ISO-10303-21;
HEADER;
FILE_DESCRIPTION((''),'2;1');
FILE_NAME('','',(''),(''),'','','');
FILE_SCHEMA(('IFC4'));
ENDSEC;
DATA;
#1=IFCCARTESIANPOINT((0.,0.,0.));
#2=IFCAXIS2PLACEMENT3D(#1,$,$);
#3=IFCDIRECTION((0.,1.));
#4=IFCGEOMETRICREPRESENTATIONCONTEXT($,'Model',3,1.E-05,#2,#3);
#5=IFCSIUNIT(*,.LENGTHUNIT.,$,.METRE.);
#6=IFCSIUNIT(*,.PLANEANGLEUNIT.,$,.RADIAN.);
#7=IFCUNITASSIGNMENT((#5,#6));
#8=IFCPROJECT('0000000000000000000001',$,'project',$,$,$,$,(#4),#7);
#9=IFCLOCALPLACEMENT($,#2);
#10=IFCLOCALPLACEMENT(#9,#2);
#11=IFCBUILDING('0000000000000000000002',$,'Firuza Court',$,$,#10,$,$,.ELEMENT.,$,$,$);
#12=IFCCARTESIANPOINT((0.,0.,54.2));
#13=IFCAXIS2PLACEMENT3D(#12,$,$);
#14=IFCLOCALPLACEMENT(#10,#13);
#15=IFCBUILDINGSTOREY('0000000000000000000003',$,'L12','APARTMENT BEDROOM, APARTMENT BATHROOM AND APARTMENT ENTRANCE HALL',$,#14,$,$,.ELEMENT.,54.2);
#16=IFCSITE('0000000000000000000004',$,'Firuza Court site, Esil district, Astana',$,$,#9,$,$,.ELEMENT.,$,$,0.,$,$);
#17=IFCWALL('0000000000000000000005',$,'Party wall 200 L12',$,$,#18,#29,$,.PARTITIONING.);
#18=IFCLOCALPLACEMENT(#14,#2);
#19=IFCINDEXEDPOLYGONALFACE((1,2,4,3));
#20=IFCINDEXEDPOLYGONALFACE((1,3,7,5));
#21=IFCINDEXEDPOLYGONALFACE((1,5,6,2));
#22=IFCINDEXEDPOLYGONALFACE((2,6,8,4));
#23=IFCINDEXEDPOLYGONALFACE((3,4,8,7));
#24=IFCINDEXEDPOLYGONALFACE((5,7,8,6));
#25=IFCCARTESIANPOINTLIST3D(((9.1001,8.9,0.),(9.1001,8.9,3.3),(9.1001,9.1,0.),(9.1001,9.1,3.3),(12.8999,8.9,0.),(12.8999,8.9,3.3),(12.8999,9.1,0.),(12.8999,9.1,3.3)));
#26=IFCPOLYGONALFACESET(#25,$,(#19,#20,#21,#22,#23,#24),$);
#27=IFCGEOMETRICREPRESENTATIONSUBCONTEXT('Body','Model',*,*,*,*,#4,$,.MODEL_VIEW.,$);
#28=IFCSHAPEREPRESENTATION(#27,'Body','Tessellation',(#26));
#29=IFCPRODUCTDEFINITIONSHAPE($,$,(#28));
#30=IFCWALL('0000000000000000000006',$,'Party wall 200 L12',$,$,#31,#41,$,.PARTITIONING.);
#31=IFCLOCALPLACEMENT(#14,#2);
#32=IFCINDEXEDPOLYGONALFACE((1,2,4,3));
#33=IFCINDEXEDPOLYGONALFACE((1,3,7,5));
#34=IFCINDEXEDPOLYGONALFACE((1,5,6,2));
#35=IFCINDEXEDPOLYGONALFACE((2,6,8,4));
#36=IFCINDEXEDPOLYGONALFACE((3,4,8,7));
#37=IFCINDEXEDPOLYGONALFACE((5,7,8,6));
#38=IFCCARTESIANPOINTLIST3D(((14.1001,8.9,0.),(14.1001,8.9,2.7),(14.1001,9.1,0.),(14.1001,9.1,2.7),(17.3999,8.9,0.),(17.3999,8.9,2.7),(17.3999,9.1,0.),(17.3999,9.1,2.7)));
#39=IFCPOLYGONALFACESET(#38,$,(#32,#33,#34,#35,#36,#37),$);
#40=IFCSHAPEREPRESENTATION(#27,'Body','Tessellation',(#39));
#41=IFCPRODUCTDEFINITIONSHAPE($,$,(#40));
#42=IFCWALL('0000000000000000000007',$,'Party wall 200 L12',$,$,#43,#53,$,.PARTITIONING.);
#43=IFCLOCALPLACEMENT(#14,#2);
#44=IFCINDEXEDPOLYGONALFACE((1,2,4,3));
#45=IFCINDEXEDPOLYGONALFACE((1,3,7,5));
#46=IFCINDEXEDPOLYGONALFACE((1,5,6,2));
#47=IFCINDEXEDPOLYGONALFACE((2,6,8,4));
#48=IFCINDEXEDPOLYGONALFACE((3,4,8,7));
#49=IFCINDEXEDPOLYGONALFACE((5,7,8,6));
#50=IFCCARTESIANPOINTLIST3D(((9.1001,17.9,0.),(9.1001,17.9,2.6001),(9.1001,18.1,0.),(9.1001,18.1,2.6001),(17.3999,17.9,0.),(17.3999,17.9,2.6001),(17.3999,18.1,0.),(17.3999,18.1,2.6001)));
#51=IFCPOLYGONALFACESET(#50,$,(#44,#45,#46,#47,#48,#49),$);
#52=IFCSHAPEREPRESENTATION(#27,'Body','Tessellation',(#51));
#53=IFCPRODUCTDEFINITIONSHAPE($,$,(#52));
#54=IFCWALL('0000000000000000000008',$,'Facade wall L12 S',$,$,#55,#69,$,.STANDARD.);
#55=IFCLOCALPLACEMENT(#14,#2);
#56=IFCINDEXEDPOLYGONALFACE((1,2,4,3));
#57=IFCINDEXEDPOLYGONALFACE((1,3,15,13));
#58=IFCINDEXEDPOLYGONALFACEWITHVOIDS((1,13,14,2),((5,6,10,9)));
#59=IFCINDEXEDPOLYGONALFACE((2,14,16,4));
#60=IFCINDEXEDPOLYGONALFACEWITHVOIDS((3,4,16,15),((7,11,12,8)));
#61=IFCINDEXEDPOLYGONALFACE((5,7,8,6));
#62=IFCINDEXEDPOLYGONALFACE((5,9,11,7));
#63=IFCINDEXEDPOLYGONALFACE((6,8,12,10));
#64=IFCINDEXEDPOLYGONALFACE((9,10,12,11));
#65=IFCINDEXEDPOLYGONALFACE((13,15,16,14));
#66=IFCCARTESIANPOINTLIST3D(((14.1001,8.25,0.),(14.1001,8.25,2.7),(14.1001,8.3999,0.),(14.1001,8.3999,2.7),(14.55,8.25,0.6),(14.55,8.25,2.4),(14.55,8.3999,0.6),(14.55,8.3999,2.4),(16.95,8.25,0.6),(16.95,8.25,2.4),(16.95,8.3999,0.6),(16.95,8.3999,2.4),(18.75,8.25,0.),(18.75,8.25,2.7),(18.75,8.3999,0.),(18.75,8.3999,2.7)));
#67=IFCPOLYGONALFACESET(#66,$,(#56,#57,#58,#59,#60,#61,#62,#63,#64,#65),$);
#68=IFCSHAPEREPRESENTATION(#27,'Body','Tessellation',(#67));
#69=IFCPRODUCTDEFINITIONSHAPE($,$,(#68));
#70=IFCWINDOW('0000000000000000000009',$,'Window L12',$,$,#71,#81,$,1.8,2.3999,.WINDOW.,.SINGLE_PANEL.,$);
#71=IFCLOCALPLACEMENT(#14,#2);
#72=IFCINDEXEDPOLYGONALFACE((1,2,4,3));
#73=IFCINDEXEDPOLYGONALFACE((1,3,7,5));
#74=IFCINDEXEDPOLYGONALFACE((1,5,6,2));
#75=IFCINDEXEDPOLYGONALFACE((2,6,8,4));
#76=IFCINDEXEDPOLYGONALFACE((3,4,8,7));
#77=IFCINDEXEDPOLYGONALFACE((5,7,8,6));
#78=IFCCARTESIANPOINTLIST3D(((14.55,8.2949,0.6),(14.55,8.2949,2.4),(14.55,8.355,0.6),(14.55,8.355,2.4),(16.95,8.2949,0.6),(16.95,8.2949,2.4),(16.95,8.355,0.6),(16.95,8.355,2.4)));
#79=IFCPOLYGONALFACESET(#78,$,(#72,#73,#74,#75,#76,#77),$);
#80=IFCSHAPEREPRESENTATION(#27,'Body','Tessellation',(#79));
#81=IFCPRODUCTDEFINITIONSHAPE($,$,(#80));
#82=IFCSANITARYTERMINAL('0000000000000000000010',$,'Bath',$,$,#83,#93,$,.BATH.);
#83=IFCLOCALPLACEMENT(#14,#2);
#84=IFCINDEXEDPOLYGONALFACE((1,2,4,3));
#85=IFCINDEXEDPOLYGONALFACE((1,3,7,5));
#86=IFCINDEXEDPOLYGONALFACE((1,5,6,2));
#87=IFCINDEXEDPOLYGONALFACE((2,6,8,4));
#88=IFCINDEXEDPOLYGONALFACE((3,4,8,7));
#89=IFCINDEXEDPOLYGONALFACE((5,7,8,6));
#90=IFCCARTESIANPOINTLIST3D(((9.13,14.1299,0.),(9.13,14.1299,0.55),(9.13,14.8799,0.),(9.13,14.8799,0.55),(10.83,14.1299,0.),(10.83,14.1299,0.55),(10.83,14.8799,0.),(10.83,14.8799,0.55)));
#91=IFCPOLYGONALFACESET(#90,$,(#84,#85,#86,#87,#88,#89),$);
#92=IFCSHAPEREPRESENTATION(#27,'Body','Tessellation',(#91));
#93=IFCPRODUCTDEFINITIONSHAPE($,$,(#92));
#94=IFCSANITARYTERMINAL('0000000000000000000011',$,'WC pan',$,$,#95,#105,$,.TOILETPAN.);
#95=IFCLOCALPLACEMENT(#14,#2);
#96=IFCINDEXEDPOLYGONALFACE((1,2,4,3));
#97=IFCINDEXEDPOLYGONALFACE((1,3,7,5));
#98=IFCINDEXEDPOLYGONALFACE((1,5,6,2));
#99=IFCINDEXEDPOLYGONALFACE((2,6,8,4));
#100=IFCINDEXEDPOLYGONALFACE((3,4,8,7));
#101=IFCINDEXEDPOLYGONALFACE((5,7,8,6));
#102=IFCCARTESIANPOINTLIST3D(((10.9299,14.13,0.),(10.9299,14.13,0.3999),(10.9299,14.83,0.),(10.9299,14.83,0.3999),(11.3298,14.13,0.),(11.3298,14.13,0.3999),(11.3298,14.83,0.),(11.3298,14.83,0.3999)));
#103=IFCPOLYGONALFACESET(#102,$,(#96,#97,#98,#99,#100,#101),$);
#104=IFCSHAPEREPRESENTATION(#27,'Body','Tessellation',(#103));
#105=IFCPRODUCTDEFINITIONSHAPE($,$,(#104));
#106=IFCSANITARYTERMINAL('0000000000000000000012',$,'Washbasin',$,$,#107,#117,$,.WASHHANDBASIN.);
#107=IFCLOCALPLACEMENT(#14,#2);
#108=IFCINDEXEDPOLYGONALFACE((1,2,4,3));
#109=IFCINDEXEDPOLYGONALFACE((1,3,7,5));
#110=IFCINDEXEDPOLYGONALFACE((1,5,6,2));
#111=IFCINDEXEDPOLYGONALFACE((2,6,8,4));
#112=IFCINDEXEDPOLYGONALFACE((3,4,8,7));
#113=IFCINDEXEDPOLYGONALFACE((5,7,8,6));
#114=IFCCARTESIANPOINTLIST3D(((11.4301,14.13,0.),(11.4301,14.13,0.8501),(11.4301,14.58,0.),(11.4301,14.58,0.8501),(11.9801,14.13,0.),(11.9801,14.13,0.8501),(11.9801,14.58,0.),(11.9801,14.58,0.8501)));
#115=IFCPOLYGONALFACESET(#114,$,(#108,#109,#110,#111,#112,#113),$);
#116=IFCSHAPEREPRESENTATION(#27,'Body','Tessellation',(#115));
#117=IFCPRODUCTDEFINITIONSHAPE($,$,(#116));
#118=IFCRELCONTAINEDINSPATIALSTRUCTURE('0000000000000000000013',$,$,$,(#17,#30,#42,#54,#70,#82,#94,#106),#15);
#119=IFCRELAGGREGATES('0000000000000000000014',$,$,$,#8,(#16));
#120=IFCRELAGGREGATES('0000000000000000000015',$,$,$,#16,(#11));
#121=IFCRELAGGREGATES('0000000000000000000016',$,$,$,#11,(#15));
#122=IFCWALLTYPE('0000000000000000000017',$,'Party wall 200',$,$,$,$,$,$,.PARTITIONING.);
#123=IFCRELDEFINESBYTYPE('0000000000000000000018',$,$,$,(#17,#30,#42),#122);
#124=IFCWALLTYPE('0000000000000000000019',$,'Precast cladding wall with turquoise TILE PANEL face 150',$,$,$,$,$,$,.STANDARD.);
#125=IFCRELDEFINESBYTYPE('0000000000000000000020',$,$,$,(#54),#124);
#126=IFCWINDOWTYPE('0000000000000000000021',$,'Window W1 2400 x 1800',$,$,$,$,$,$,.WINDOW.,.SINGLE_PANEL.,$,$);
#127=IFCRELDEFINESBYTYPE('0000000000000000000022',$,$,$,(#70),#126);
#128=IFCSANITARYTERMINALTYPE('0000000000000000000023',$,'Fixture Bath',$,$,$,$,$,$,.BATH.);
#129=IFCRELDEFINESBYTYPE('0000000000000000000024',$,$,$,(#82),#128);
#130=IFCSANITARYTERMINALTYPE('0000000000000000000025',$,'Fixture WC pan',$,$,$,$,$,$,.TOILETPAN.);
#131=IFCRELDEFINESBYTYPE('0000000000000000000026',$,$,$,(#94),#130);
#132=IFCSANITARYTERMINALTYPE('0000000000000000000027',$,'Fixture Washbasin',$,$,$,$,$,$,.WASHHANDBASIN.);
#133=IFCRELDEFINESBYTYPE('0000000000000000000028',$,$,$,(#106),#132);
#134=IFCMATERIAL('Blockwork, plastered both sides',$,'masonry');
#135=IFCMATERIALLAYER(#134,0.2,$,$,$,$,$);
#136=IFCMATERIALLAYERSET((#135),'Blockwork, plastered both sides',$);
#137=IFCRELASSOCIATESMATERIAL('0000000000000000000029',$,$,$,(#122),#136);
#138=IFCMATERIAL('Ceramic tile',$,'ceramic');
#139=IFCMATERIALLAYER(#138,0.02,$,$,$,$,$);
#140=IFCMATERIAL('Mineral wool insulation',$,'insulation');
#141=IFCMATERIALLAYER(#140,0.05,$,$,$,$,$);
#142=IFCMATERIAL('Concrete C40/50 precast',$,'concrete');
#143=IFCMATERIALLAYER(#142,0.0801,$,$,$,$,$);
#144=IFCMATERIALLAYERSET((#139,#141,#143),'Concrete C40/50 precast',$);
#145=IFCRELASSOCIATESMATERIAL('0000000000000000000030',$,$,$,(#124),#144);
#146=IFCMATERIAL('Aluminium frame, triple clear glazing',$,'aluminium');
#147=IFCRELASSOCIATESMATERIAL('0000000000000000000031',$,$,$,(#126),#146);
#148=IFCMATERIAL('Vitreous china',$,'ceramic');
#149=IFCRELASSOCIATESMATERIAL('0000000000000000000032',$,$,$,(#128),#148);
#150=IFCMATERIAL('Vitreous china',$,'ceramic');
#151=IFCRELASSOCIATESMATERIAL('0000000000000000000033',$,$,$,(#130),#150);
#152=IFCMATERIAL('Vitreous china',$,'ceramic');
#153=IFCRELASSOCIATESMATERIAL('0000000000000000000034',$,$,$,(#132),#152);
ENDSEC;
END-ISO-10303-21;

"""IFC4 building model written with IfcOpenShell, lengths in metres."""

from ifc_helpers import new_model, si_unit, direction, frame, frame_2d, origin, origin_2d, place, context, subcontext, project, spatial, rectangle, extrude, material, layer, layer_set, type_object, element, fill, save


model = new_model("IFC4")

# Units and contexts
model_context = context("Model", 3, precision=1e-05, world=origin(), true_north=direction((0.0, 1.0)))
body_context = subcontext(model_context, "Body", "Model", "MODEL_VIEW")
ifc_project = project(units=[si_unit("LENGTHUNIT", "METRE"), si_unit("PLANEANGLEUNIT", "RADIAN")], contexts=[model_context])

# Site, building, storey
site_placement = place(None, origin())
site = spatial("IfcSite", under=ifc_project, at=site_placement, Name="Firuza Court site, Esil district, Astana", CompositionType="ELEMENT", RefElevation=0.0)
building_placement = place(site_placement, origin())
building = spatial("IfcBuilding", under=site, at=building_placement, Name="Firuza Court", CompositionType="ELEMENT")
storey_placement = place(building_placement, frame((0.0, 0.0, 54.2)))
storey = spatial("IfcBuildingStorey", under=building, at=storey_placement, Name="L12", Description="APARTMENT BEDROOM, APARTMENT BATHROOM AND APARTMENT ENTRANCE HALL", CompositionType="ELEMENT", Elevation=54.2)

# Walls
ifc_material_1 = material(Name="Blockwork, plastered both sides", Category="masonry")
ifc_layer_1 = layer(ifc_material_1, 0.2)
ifc_layer_set_1 = layer_set([ifc_layer_1], Name="Blockwork, plastered both sides")
wall_type_1 = type_object("IfcWallType", Name="Party wall 200", PredefinedType="PARTITIONING", material=ifc_layer_set_1)
wall_1_placement = place(storey_placement, frame((9.1001, 9.0, 0.0), z_axis=(0.0, 0.0, 1.0), x_axis=(1.0, 0.0, 0.0)))
element("IfcWall", 1, at=wall_1_placement, inside=storey, type_object=wall_type_1, Name="Party wall 200 L12", PredefinedType="PARTITIONING", context=body_context, shape_type="SweptSolid", body=[
    extrude(rectangle(XDim=3.7998, YDim=0.2, at=frame_2d((1.8999, 0.0))), origin(), (0.0, 0.0, 1.0), 3.3),
])
wall_2_placement = place(storey_placement, frame((14.1001, 9.0, 0.0), z_axis=(0.0, 0.0, 1.0), x_axis=(1.0, 0.0, 0.0)))
element("IfcWall", 2, at=wall_2_placement, inside=storey, type_object=wall_type_1, Name="Party wall 200 L12", PredefinedType="PARTITIONING", context=body_context, shape_type="SweptSolid", body=[
    extrude(rectangle(XDim=3.2998, YDim=0.2, at=frame_2d((1.6499, 0.0))), origin(), (0.0, 0.0, 1.0), 2.7),
])
wall_3_placement = place(storey_placement, frame((9.1001, 18.0, 0.0), z_axis=(0.0, 0.0, 1.0), x_axis=(1.0, 0.0, 0.0)))
element("IfcWall", 3, at=wall_3_placement, inside=storey, type_object=wall_type_1, Name="Party wall 200 L12", PredefinedType="PARTITIONING", context=body_context, shape_type="SweptSolid", body=[
    extrude(rectangle(XDim=8.2998, YDim=0.2, at=frame_2d((4.1499, 0.0))), origin(), (0.0, 0.0, 1.0), 2.6001),
])

# Wall, opening, window
ifc_material_2 = material(Name="Ceramic tile", Category="ceramic")
ifc_layer_2 = layer(ifc_material_2, 0.02)
ifc_material_3 = material(Name="Mineral wool insulation", Category="insulation")
ifc_layer_3 = layer(ifc_material_3, 0.05)
ifc_material_4 = material(Name="Concrete C40/50 precast", Category="concrete")
ifc_layer_4 = layer(ifc_material_4, 0.0801)
ifc_layer_set_2 = layer_set([ifc_layer_2, ifc_layer_3, ifc_layer_4], Name="Concrete C40/50 precast")
wall_type_2 = type_object("IfcWallType", Name="Precast cladding wall with turquoise TILE PANEL face 150", PredefinedType="STANDARD", material=ifc_layer_set_2)
wall_4_placement = place(storey_placement, frame((14.1001, 8.325, 0.0), z_axis=(0.0, 0.0, 1.0), x_axis=(1.0, 0.0, 0.0)))
wall_4 = element("IfcWall", 4, at=wall_4_placement, inside=storey, type_object=wall_type_2, Name="Facade wall L12 S", PredefinedType="STANDARD", context=body_context, shape_type="SweptSolid", body=[
    extrude(rectangle(XDim=4.6499, YDim=0.1499, at=frame_2d((2.325, 0.0))), origin(), (0.0, 0.0, 1.0), 2.7),
])
opening_1_placement = place(wall_4_placement, frame((0.45, 0.0, 0.6001)))
opening_1 = element("IfcOpeningElement", 5, at=opening_1_placement, cuts=wall_4, PredefinedType="OPENING", context=body_context, shape_type="SweptSolid", body=[
    extrude(rectangle(XDim=2.3999, YDim=1.8, at=frame_2d((1.2, 0.8999))), frame((0.0, 0.0869, 0.0), z_axis=(0.0, -1.0, 0.0), x_axis=(1.0, 0.0, 0.0)), (0.0, 0.0, 1.0), 0.1738),
])
ifc_material_5 = material(Name="Aluminium frame, triple clear glazing", Category="aluminium")
window_type = type_object("IfcWindowType", Name="Window W1 2400 x 1800", PartitioningType="SINGLE_PANEL", PredefinedType="WINDOW", material=ifc_material_5)
window_placement = place(opening_1_placement, origin())
window = element("IfcWindow", 6, at=window_placement, inside=storey, type_object=window_type, Name="Window L12", OverallHeight=1.8, OverallWidth=2.3999, PartitioningType="SINGLE_PANEL", PredefinedType="WINDOW", context=body_context, shape_type="SweptSolid", body=[
    extrude(rectangle(XDim=2.3999, YDim=1.8, at=frame_2d((1.2, 0.8999))), frame((0.0, 0.03, 0.0), z_axis=(0.0, -1.0, 0.0), x_axis=(1.0, 0.0, 0.0)), (0.0, 0.0, 1.0), 0.0601),
])
fill(opening_1, window)

# Sanitary terminals
ifc_material_6 = material(Name="Vitreous china", Category="ceramic")
sanitary_terminal_type_1 = type_object("IfcSanitaryTerminalType", Name="Fixture Bath", PredefinedType="BATH", material=ifc_material_6)
sanitary_terminal_1_placement = place(storey_placement, frame((9.98, 14.5049, 0.0), z_axis=(0.0, 0.0, 1.0), x_axis=(1.0, 0.0, 0.0)))
element("IfcSanitaryTerminal", 7, at=sanitary_terminal_1_placement, inside=storey, type_object=sanitary_terminal_type_1, Name="Bath", PredefinedType="BATH", context=body_context, shape_type="SweptSolid", body=[
    extrude(rectangle(XDim=1.7, YDim=0.75, at=origin_2d()), origin(), (0.0, 0.0, 1.0), 0.55),
])
ifc_material_7 = material(Name="Vitreous china", Category="ceramic")
sanitary_terminal_type_2 = type_object("IfcSanitaryTerminalType", Name="Fixture WC pan", PredefinedType="TOILETPAN", material=ifc_material_7)
sanitary_terminal_2_placement = place(storey_placement, frame((11.1299, 14.48, 0.0), z_axis=(0.0, 0.0, 1.0), x_axis=(1.0, 0.0, 0.0)))
element("IfcSanitaryTerminal", 8, at=sanitary_terminal_2_placement, inside=storey, type_object=sanitary_terminal_type_2, Name="WC pan", PredefinedType="TOILETPAN", context=body_context, shape_type="SweptSolid", body=[
    extrude(rectangle(XDim=0.3999, YDim=0.7, at=origin_2d()), origin(), (0.0, 0.0, 1.0), 0.3999),
])
ifc_material_8 = material(Name="Vitreous china", Category="ceramic")
sanitary_terminal_type_3 = type_object("IfcSanitaryTerminalType", Name="Fixture Washbasin", PredefinedType="WASHHANDBASIN", material=ifc_material_8)
sanitary_terminal_3_placement = place(storey_placement, frame((11.7051, 14.355, 0.0), z_axis=(0.0, 0.0, 1.0), x_axis=(1.0, 0.0, 0.0)))
element("IfcSanitaryTerminal", 9, at=sanitary_terminal_3_placement, inside=storey, type_object=sanitary_terminal_type_3, Name="Washbasin", PredefinedType="WASHHANDBASIN", context=body_context, shape_type="SweptSolid", body=[
    extrude(rectangle(XDim=0.55, YDim=0.45, at=origin_2d()), origin(), (0.0, 0.0, 1.0), 0.8501),
])

save(model, "model.ifc")
